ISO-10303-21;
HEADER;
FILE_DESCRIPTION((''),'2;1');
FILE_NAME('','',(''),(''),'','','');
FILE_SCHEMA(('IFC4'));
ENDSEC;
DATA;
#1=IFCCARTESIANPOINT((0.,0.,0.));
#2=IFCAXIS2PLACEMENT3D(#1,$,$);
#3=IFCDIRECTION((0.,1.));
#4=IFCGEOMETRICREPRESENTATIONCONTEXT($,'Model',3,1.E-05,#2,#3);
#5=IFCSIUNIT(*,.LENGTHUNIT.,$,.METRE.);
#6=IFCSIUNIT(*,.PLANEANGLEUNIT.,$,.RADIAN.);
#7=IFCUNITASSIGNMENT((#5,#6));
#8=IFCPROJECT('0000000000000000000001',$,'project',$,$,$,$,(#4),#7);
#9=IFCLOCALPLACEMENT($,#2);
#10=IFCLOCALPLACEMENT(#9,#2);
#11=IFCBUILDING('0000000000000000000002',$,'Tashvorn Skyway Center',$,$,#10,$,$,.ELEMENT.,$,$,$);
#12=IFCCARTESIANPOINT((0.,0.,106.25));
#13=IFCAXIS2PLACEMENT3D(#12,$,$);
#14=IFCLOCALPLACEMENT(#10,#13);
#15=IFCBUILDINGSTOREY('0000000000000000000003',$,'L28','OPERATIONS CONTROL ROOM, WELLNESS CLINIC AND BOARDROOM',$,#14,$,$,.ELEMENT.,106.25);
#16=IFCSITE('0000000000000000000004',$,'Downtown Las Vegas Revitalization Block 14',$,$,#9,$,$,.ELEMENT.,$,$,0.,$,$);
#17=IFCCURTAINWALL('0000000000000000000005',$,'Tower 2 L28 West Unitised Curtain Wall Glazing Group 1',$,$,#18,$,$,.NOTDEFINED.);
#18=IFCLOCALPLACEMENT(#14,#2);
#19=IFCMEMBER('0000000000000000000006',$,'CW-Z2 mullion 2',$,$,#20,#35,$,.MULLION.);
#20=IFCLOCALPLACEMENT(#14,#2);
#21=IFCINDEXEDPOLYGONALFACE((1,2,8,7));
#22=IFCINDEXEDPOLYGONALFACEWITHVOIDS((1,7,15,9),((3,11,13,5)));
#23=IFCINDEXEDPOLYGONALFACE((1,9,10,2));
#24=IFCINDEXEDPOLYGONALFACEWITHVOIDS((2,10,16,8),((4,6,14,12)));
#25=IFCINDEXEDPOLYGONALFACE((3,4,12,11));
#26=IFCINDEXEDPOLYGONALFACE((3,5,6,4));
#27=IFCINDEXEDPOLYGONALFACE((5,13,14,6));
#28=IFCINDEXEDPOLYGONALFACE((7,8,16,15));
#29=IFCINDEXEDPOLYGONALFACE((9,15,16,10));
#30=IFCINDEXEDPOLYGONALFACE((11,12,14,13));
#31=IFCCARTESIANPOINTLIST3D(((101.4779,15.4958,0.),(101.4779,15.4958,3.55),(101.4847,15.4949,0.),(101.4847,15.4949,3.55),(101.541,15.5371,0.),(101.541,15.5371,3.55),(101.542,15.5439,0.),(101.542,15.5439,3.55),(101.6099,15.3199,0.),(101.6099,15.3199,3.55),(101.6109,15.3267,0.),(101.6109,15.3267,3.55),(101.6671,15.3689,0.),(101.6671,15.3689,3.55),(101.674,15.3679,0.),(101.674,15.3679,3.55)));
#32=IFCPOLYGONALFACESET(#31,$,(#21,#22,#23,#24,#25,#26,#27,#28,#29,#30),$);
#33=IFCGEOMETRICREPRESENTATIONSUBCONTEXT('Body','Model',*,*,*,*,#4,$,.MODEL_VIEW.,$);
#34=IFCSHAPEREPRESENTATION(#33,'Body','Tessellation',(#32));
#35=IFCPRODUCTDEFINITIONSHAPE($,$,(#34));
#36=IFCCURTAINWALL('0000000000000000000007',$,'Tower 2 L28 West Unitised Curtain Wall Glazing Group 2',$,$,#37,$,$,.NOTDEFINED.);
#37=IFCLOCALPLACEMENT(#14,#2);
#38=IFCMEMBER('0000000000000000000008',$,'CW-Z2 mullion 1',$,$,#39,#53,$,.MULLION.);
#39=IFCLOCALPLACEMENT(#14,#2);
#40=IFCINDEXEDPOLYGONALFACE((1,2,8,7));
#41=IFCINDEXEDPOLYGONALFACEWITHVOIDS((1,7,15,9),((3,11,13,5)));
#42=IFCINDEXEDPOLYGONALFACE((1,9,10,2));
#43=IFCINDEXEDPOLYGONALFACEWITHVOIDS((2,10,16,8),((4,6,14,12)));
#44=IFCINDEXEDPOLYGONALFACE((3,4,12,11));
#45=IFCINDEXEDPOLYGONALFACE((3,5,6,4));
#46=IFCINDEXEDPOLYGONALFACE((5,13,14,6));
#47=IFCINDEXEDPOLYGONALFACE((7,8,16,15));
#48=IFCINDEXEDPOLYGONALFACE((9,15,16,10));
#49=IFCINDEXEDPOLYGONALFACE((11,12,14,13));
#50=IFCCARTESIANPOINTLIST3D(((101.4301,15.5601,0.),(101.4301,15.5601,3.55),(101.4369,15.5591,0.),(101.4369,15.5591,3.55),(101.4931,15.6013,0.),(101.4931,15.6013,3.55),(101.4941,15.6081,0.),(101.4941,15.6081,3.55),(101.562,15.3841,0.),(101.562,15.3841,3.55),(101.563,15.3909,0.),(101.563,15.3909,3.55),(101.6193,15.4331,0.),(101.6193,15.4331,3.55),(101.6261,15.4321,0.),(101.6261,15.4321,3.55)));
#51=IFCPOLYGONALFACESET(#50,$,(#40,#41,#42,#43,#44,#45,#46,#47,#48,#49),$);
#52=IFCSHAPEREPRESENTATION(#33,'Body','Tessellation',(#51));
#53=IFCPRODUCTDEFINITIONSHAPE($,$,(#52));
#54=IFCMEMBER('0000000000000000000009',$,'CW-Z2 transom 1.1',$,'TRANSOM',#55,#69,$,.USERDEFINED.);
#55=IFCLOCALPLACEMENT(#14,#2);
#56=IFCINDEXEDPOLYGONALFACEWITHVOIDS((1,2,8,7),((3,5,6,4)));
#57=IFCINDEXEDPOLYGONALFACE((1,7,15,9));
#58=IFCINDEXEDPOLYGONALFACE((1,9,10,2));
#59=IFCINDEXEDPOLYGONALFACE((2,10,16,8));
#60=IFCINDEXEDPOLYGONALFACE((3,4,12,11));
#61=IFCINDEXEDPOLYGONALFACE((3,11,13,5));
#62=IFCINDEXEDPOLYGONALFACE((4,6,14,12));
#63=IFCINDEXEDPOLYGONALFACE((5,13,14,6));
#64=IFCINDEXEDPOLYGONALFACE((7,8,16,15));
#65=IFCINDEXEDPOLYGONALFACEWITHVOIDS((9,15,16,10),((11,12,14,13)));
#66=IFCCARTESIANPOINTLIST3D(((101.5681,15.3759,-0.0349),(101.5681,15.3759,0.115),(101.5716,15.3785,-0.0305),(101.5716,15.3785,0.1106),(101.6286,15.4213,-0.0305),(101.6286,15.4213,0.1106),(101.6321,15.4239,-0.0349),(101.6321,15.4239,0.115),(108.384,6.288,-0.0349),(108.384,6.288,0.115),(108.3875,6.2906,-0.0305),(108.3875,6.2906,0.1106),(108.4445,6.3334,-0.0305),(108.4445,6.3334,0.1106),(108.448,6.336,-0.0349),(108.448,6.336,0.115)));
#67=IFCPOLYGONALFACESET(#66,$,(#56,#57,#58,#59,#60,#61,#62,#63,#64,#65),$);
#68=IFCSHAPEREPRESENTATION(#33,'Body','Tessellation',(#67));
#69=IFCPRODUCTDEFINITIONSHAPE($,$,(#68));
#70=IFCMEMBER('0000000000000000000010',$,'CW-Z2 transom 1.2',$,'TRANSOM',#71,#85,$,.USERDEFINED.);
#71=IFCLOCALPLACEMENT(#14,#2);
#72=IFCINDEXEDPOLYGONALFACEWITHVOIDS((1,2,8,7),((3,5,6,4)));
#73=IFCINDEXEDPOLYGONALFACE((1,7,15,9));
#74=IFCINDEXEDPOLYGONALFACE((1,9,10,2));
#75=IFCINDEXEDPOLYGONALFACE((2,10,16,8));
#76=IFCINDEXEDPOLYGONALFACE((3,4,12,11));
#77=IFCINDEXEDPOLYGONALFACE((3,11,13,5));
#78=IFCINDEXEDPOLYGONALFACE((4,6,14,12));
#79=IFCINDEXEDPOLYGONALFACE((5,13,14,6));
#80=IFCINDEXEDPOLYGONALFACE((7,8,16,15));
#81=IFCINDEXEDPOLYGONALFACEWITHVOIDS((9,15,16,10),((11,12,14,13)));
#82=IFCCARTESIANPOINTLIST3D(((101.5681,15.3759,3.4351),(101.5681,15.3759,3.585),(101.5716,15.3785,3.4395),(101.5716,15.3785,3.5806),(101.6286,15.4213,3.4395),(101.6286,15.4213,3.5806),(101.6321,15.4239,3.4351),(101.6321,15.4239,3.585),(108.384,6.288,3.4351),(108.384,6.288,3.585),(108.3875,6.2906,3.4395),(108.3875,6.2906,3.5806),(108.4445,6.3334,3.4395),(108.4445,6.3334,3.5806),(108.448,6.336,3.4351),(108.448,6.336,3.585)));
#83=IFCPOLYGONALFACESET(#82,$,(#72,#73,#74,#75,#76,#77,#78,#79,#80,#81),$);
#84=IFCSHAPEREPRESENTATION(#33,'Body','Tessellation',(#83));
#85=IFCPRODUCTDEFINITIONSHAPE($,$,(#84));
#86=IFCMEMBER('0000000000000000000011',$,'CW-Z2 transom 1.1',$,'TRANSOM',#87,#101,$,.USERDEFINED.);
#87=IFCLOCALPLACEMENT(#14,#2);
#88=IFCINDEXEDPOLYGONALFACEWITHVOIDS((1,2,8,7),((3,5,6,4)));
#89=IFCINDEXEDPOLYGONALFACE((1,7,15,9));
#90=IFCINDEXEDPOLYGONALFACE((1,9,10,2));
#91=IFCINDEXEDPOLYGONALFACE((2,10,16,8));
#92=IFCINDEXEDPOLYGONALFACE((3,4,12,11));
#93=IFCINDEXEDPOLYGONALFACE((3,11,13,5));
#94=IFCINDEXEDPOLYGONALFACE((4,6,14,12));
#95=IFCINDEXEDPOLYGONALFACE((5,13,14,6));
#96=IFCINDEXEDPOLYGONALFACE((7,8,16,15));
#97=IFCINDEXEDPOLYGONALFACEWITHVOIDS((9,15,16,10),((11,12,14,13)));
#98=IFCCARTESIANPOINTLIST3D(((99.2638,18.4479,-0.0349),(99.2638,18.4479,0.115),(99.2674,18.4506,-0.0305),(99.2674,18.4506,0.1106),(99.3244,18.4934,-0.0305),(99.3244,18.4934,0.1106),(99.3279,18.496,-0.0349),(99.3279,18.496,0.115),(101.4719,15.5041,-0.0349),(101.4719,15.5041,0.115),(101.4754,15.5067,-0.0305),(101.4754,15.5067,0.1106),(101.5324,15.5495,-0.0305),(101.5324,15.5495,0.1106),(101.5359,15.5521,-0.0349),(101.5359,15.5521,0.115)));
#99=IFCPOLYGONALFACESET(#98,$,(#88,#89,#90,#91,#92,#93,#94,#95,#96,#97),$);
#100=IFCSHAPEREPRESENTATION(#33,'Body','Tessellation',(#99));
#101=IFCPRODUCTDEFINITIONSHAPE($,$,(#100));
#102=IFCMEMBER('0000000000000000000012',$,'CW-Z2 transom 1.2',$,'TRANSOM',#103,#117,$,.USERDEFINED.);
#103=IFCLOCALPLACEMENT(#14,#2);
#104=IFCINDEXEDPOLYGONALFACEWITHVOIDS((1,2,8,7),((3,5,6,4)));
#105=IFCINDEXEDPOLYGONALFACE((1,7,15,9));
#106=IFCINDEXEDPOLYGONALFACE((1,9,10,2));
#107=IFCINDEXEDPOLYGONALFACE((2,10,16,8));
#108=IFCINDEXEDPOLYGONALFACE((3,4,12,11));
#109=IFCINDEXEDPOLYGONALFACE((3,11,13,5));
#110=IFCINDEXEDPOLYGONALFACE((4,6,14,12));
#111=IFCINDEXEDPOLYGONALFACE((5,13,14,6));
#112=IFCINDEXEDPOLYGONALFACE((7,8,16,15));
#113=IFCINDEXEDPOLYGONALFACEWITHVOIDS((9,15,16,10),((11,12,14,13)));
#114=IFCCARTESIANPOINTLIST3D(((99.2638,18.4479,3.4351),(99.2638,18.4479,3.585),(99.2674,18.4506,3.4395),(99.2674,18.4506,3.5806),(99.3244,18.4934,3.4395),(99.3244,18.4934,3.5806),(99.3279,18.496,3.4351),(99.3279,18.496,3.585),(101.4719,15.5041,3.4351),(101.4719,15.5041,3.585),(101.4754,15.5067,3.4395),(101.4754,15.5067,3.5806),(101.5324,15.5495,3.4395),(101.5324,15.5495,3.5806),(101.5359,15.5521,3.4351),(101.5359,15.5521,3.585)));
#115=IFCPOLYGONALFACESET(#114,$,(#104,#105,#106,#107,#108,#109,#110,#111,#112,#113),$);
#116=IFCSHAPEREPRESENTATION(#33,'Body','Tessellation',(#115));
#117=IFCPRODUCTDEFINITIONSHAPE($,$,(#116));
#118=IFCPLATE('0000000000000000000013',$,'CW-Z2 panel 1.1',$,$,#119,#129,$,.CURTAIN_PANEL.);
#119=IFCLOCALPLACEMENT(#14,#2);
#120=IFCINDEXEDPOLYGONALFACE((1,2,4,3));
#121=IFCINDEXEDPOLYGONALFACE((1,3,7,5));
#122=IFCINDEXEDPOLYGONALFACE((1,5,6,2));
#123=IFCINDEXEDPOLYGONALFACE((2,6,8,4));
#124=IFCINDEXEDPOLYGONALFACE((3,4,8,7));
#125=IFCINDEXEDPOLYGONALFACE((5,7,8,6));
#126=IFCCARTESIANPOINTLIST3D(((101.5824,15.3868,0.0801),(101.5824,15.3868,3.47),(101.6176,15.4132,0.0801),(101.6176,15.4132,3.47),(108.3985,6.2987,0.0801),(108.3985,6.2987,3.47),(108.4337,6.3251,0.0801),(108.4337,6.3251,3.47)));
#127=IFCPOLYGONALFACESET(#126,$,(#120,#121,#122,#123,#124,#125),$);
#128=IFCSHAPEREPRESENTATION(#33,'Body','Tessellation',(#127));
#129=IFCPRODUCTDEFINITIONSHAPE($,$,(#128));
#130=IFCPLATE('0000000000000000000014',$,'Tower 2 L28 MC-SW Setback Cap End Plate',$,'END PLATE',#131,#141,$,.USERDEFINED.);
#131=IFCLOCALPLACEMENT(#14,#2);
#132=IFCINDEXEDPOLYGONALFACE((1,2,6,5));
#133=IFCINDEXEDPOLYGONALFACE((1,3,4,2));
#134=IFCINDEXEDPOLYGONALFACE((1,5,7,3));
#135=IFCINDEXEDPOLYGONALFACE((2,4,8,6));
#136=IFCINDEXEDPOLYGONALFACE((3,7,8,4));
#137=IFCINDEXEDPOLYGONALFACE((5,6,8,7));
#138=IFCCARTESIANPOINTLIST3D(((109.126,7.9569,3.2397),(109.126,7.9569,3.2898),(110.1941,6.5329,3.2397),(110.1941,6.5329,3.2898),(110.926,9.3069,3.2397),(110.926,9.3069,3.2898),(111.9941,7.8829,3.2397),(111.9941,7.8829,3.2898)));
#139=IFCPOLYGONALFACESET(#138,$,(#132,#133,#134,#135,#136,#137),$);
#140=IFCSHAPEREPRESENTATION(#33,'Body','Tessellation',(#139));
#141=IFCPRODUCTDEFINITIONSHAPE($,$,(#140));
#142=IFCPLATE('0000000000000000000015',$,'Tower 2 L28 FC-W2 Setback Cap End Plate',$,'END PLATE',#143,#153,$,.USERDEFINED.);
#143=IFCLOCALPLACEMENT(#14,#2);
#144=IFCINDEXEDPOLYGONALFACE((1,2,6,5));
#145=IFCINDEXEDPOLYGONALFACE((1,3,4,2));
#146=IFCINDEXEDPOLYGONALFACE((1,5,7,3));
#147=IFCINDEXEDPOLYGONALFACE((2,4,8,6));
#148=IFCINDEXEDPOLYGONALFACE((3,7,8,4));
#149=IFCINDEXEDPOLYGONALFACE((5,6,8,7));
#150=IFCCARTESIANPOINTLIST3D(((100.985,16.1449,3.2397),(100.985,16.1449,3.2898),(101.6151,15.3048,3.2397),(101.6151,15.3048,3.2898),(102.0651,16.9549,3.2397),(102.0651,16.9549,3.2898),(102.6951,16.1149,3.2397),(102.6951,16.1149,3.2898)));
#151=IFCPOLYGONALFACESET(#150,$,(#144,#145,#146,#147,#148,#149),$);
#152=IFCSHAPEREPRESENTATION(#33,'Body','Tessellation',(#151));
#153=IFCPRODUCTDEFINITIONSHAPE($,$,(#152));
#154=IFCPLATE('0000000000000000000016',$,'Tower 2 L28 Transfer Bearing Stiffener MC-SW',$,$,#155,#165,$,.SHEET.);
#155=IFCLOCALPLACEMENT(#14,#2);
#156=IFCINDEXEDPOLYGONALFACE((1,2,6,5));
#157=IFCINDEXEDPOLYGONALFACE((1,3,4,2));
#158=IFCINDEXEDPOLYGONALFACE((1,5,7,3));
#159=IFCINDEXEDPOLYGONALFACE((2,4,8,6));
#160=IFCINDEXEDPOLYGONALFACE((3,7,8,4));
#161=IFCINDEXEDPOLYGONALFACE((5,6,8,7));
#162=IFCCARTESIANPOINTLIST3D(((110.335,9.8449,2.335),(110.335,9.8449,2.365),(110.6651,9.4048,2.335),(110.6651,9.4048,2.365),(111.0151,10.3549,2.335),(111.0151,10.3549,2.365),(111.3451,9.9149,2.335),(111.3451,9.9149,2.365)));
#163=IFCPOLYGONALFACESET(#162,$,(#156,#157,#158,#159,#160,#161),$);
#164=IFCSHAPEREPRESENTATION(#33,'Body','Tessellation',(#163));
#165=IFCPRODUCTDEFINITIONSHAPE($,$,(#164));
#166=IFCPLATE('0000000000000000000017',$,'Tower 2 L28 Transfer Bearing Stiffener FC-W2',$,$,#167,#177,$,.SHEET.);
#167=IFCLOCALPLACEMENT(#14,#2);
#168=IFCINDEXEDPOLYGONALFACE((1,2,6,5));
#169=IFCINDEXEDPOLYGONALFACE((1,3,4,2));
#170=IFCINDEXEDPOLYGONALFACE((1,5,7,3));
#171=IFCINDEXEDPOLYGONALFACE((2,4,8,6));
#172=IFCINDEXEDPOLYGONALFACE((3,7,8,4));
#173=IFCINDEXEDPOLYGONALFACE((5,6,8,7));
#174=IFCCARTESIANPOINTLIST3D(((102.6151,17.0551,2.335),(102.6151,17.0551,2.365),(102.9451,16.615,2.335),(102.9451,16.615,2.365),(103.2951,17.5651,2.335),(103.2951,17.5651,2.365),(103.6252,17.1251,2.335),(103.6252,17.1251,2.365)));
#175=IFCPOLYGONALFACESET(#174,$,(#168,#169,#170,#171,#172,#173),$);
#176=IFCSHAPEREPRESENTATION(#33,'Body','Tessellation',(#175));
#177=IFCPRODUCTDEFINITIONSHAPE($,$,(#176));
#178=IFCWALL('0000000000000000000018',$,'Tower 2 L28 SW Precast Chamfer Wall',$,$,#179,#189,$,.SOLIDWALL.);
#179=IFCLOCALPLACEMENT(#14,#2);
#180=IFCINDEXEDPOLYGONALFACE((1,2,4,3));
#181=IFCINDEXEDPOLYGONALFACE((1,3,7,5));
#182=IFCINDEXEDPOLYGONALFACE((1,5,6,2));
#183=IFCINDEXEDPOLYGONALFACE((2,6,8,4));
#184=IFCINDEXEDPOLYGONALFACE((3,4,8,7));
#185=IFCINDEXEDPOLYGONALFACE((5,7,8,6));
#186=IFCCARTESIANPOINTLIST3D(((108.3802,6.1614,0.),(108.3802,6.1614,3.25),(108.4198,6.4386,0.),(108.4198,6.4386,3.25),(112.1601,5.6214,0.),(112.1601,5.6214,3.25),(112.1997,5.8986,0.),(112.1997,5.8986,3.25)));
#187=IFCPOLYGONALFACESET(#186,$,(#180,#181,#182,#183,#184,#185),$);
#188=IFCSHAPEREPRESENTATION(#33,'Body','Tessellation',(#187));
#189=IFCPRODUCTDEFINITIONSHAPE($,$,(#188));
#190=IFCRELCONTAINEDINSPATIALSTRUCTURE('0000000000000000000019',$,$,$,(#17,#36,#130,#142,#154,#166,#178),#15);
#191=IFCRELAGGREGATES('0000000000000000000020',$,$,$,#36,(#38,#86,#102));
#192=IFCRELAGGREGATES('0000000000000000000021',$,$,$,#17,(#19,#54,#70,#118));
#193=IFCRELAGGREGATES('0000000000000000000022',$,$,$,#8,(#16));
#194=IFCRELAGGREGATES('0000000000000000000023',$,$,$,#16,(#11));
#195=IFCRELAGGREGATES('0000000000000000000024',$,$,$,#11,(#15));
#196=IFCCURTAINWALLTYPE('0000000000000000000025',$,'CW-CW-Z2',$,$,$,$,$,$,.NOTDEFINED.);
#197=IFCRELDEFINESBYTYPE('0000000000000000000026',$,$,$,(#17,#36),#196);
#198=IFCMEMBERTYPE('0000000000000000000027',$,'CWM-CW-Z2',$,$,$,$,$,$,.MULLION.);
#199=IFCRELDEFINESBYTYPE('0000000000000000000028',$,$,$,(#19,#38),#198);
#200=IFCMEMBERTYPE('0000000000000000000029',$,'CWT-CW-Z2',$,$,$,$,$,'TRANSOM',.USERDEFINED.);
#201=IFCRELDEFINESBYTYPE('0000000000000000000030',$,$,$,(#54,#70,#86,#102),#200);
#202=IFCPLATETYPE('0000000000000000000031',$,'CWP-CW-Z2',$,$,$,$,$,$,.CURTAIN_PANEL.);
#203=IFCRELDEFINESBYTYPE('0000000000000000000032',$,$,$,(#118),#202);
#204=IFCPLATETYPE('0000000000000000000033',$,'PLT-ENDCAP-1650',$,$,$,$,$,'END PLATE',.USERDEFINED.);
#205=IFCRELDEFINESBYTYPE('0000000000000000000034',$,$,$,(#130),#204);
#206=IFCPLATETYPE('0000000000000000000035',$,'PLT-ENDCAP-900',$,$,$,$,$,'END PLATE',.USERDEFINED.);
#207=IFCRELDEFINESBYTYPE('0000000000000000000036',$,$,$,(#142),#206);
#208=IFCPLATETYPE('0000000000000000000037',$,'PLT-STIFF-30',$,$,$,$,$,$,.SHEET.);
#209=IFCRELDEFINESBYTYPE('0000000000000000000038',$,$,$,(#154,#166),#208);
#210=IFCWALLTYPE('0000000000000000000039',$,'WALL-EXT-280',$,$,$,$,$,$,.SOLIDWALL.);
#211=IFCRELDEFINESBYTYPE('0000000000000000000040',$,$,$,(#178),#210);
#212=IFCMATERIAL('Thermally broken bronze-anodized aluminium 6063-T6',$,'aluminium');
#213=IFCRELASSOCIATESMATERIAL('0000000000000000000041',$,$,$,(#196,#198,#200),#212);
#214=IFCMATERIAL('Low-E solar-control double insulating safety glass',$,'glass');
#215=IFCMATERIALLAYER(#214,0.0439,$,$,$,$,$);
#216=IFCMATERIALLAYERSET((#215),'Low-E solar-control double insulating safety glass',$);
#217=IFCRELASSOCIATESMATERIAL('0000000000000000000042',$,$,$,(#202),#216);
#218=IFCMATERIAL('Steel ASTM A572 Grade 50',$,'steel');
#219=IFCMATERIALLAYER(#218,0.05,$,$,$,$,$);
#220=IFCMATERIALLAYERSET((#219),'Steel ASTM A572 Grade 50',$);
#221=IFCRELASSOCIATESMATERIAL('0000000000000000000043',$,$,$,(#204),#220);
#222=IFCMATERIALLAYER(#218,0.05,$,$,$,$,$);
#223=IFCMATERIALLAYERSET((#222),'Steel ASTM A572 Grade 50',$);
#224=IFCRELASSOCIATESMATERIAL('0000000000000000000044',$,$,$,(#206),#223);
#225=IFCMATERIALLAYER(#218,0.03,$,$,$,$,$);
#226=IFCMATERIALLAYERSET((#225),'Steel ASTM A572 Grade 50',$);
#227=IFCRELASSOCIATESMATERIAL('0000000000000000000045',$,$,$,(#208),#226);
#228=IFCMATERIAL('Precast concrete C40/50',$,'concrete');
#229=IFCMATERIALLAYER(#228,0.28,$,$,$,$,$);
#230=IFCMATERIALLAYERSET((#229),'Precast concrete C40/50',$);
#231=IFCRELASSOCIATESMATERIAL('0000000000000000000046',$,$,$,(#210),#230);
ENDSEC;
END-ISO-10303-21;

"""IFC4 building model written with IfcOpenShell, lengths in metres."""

from ifc_helpers import new_model, si_unit, direction, frame, frame_2d, origin, origin_2d, place, context, subcontext, project, spatial, rectangle, hollow_rectangle, extrude, material, layer, layer_set, material_profile, profile_set, type_object, element, aggregate, save


model = new_model("IFC4")

# Units and contexts
model_context = context("Model", 3, precision=1e-05, world=origin(), true_north=direction((0.0, 1.0)))
body_context = subcontext(model_context, "Body", "Model", "MODEL_VIEW")
ifc_project = project(units=[si_unit("LENGTHUNIT", "METRE"), si_unit("PLANEANGLEUNIT", "RADIAN")], contexts=[model_context])

# Site, building, storey
site_placement = place(None, origin())
site = spatial("IfcSite", under=ifc_project, at=site_placement, Name="Downtown Las Vegas Revitalization Block 14", CompositionType="ELEMENT", RefElevation=0.0)
building_placement = place(site_placement, origin())
building = spatial("IfcBuilding", under=site, at=building_placement, Name="Tashvorn Skyway Center", CompositionType="ELEMENT")
storey_placement = place(building_placement, frame((0.0, 0.0, 106.25)))
storey = spatial("IfcBuildingStorey", under=building, at=storey_placement, Name="L28", Description="OPERATIONS CONTROL ROOM, WELLNESS CLINIC AND BOARDROOM", CompositionType="ELEMENT", Elevation=106.25)

# Shared definitions
ifc_material_1 = material(Name="Steel ASTM A572 Grade 50", Category="steel")

# Shared definitions
ifc_material_2 = material(Name="Thermally broken bronze-anodized aluminium 6063-T6", Category="aluminium")
curtain_wall_type = type_object("IfcCurtainWallType", Name="CW-CW-Z2", PredefinedType="NOTDEFINED", material=ifc_material_2)
ifc_material_profile_1 = material_profile(ifc_material_2, hollow_rectangle(XDim=0.0801, YDim=0.22, WallThickness=0.0049, at=origin_2d()), Name="ALU-MULL-80x220")
ifc_profile_set_1 = profile_set([ifc_material_profile_1], Name="Thermally broken bronze-anodized aluminium 6063-T6")
member_type_1 = type_object("IfcMemberType", Name="CWM-CW-Z2", PredefinedType="MULLION", material=ifc_profile_set_1)

# Curtain wall, member
curtain_wall_1_placement = place(storey_placement, origin())
curtain_wall_1 = element("IfcCurtainWall", 1, at=curtain_wall_1_placement, inside=storey, type_object=curtain_wall_type, Name="Tower 2 L28 West Unitised Curtain Wall Glazing Group 1", PredefinedType="NOTDEFINED")
member_1_placement = place(storey_placement, frame((101.5759, 15.4319, 0.0), z_axis=(0.0, 0.0, 1.0), x_axis=(-0.8, -0.6, 0.0)))
member_1 = element("IfcMember", 2, at=member_1_placement, type_object=member_type_1, Name="CW-Z2 mullion 2", PredefinedType="MULLION", context=body_context, shape_type="SweptSolid", body=[
    extrude(hollow_rectangle(XDim=0.0801, YDim=0.22, WallThickness=0.0049, at=origin_2d()), origin(), (0.0, 0.0, 1.0), 3.55),
])

# Curtain wall, member
curtain_wall_2_placement = place(storey_placement, origin())
curtain_wall_2 = element("IfcCurtainWall", 3, at=curtain_wall_2_placement, inside=storey, type_object=curtain_wall_type, Name="Tower 2 L28 West Unitised Curtain Wall Glazing Group 2", PredefinedType="NOTDEFINED")
member_2_placement = place(storey_placement, frame((101.5281, 15.4961, 0.0), z_axis=(0.0, 0.0, 1.0), x_axis=(-0.8, -0.6, 0.0)))
member_2 = element("IfcMember", 4, at=member_2_placement, type_object=member_type_1, Name="CW-Z2 mullion 1", PredefinedType="MULLION", context=body_context, shape_type="SweptSolid", body=[
    extrude(hollow_rectangle(XDim=0.0801, YDim=0.22, WallThickness=0.0049, at=origin_2d()), origin(), (0.0, 0.0, 1.0), 3.55),
])

# Members
ifc_material_profile_2 = material_profile(ifc_material_2, hollow_rectangle(XDim=0.0801, YDim=0.1499, WallThickness=0.0044, at=origin_2d()), Name="ALU-TRAN-80x150")
ifc_profile_set_2 = profile_set([ifc_material_profile_2], Name="Thermally broken bronze-anodized aluminium 6063-T6")
member_type_2 = type_object("IfcMemberType", Name="CWT-CW-Z2", ElementType="TRANSOM", PredefinedType="USERDEFINED", material=ifc_profile_set_2)
member_3_placement = place(storey_placement, frame((108.416, 6.312, 0.04), z_axis=(-0.6, 0.8, 0.0), x_axis=(-0.8, -0.6, 0.0)))
member_3 = element("IfcMember", 5, at=member_3_placement, type_object=member_type_2, Name="CW-Z2 transom 1.1", ObjectType="TRANSOM", PredefinedType="USERDEFINED", context=body_context, shape_type="SweptSolid", body=[
    extrude(hollow_rectangle(XDim=0.0801, YDim=0.1499, WallThickness=0.0044, at=origin_2d()), origin(), (0.0, 0.0, 1.0), 11.3599),
])
member_4_placement = place(storey_placement, frame((108.416, 6.312, 3.51), z_axis=(-0.6, 0.8, 0.0), x_axis=(-0.8, -0.6, 0.0)))
member_4 = element("IfcMember", 6, at=member_4_placement, type_object=member_type_2, Name="CW-Z2 transom 1.2", ObjectType="TRANSOM", PredefinedType="USERDEFINED", context=body_context, shape_type="SweptSolid", body=[
    extrude(hollow_rectangle(XDim=0.0801, YDim=0.1499, WallThickness=0.0044, at=origin_2d()), origin(), (0.0, 0.0, 1.0), 11.3599),
])
member_5_placement = place(storey_placement, frame((101.5039, 15.5281, 0.04), z_axis=(-0.600021, 0.799984, 0.0), x_axis=(-0.799984, -0.600021, 0.0)))
member_5 = element("IfcMember", 7, at=member_5_placement, type_object=member_type_2, Name="CW-Z2 transom 1.1", ObjectType="TRANSOM", PredefinedType="USERDEFINED", context=body_context, shape_type="SweptSolid", body=[
    extrude(hollow_rectangle(XDim=0.0801, YDim=0.1499, WallThickness=0.0044, at=origin_2d()), origin(), (0.0, 0.0, 1.0), 3.6799),
])
member_6_placement = place(storey_placement, frame((101.5039, 15.5281, 3.51), z_axis=(-0.600021, 0.799984, 0.0), x_axis=(-0.799984, -0.600021, 0.0)))
member_6 = element("IfcMember", 8, at=member_6_placement, type_object=member_type_2, Name="CW-Z2 transom 1.2", ObjectType="TRANSOM", PredefinedType="USERDEFINED", context=body_context, shape_type="SweptSolid", body=[
    extrude(hollow_rectangle(XDim=0.0801, YDim=0.1499, WallThickness=0.0044, at=origin_2d()), origin(), (0.0, 0.0, 1.0), 3.6799),
])
aggregate(curtain_wall_2, [member_2, member_5, member_6])

# Plate
ifc_material_3 = material(Name="Low-E solar-control double insulating safety glass", Category="glass")
ifc_layer_1 = layer(ifc_material_3, 0.0439)
ifc_layer_set_1 = layer_set([ifc_layer_1], Name="Low-E solar-control double insulating safety glass")
plate_type_1 = type_object("IfcPlateType", Name="CWP-CW-Z2", PredefinedType="CURTAIN_PANEL", material=ifc_layer_set_1)
plate_1_placement = place(storey_placement, frame((105.0081, 10.856, 0.0801), z_axis=(0.0, 0.0, 1.0), x_axis=(-0.6, 0.8, 0.0)))
plate_1 = element("IfcPlate", 9, at=plate_1_placement, type_object=plate_type_1, Name="CW-Z2 panel 1.1", PredefinedType="CURTAIN_PANEL", context=body_context, shape_type="SweptSolid", body=[
    extrude(rectangle(XDim=11.3601, YDim=0.0439, at=origin_2d()), origin(), (0.0, 0.0, 1.0), 3.3899),
])
aggregate(curtain_wall_1, [member_1, member_3, member_4, plate_1])

# Plates
ifc_layer_2 = layer(ifc_material_1, 0.05)
ifc_layer_set_2 = layer_set([ifc_layer_2], Name="Steel ASTM A572 Grade 50")
plate_type_2 = type_object("IfcPlateType", Name="PLT-ENDCAP-1650", ElementType="END PLATE", PredefinedType="USERDEFINED", material=ifc_layer_set_2)
plate_2_placement = place(storey_placement, frame((110.5601, 7.9199, 3.2397), z_axis=(0.0, 0.0, 1.0), x_axis=(0.8, 0.6, 0.0)))
element("IfcPlate", 10, at=plate_2_placement, inside=storey, type_object=plate_type_2, Name="Tower 2 L28 MC-SW Setback Cap End Plate", ObjectType="END PLATE", PredefinedType="USERDEFINED", context=body_context, shape_type="SweptSolid", body=[
    extrude(rectangle(XDim=2.25, YDim=1.78, at=origin_2d()), origin(), (0.0, 0.0, 1.0), 0.05),
])
ifc_layer_3 = layer(ifc_material_1, 0.05)
ifc_layer_set_3 = layer_set([ifc_layer_3], Name="Steel ASTM A572 Grade 50")
plate_type_3 = type_object("IfcPlateType", Name="PLT-ENDCAP-900", ElementType="END PLATE", PredefinedType="USERDEFINED", material=ifc_layer_set_3)
plate_3_placement = place(storey_placement, frame((101.8401, 16.1299, 3.2397), z_axis=(0.0, 0.0, 1.0), x_axis=(0.8, 0.6, 0.0)))
element("IfcPlate", 11, at=plate_3_placement, inside=storey, type_object=plate_type_3, Name="Tower 2 L28 FC-W2 Setback Cap End Plate", ObjectType="END PLATE", PredefinedType="USERDEFINED", context=body_context, shape_type="SweptSolid", body=[
    extrude(rectangle(XDim=1.3501, YDim=1.05, at=origin_2d()), origin(), (0.0, 0.0, 1.0), 0.05),
])
ifc_layer_4 = layer(ifc_material_1, 0.03)
ifc_layer_set_4 = layer_set([ifc_layer_4], Name="Steel ASTM A572 Grade 50")
plate_type_4 = type_object("IfcPlateType", Name="PLT-STIFF-30", PredefinedType="SHEET", material=ifc_layer_set_4)
for number, where, z_axis, x_axis, name in (
    (12, (110.8401, 9.8799, 2.335), (0.0, 0.0, 1.0), (0.8, 0.6, 0.0), "Tower 2 L28 Transfer Bearing Stiffener MC-SW"),
    (13, (103.1201, 17.0901, 2.335), (0.0, 0.0, 1.0), (0.8, 0.6, 0.0), "Tower 2 L28 Transfer Bearing Stiffener FC-W2"),
):
    element("IfcPlate", number, at=place(storey_placement, frame(where, z_axis=z_axis, x_axis=x_axis)), inside=storey, type_object=plate_type_4, Name=name, PredefinedType="SHEET", context=body_context, shape_type="SweptSolid", body=[
        extrude(rectangle(XDim=0.8501, YDim=0.55, at=origin_2d()), origin(), (0.0, 0.0, 1.0), 0.03),
    ])

# Wall
ifc_material_4 = material(Name="Precast concrete C40/50", Category="concrete")
ifc_layer_5 = layer(ifc_material_4, 0.28)
ifc_layer_set_5 = layer_set([ifc_layer_5], Name="Precast concrete C40/50")
wall_type_1 = type_object("IfcWallType", Name="WALL-EXT-280", PredefinedType="SOLIDWALL", material=ifc_layer_set_5)
wall_1_placement = place(storey_placement, frame((112.1799, 5.76, 0.0), z_axis=(0.0, 0.0, 1.0), x_axis=(-0.989948, 0.14143, 0.0)))
element("IfcWall", 14, at=wall_1_placement, inside=storey, type_object=wall_type_1, Name="Tower 2 L28 SW Precast Chamfer Wall", PredefinedType="SOLIDWALL", context=body_context, shape_type="SweptSolid", body=[
    extrude(rectangle(XDim=3.8184, YDim=0.28, at=frame_2d((1.9092, 0.0))), origin(), (0.0, 0.0, 1.0), 3.25),
])

save(model, "model.ifc")
